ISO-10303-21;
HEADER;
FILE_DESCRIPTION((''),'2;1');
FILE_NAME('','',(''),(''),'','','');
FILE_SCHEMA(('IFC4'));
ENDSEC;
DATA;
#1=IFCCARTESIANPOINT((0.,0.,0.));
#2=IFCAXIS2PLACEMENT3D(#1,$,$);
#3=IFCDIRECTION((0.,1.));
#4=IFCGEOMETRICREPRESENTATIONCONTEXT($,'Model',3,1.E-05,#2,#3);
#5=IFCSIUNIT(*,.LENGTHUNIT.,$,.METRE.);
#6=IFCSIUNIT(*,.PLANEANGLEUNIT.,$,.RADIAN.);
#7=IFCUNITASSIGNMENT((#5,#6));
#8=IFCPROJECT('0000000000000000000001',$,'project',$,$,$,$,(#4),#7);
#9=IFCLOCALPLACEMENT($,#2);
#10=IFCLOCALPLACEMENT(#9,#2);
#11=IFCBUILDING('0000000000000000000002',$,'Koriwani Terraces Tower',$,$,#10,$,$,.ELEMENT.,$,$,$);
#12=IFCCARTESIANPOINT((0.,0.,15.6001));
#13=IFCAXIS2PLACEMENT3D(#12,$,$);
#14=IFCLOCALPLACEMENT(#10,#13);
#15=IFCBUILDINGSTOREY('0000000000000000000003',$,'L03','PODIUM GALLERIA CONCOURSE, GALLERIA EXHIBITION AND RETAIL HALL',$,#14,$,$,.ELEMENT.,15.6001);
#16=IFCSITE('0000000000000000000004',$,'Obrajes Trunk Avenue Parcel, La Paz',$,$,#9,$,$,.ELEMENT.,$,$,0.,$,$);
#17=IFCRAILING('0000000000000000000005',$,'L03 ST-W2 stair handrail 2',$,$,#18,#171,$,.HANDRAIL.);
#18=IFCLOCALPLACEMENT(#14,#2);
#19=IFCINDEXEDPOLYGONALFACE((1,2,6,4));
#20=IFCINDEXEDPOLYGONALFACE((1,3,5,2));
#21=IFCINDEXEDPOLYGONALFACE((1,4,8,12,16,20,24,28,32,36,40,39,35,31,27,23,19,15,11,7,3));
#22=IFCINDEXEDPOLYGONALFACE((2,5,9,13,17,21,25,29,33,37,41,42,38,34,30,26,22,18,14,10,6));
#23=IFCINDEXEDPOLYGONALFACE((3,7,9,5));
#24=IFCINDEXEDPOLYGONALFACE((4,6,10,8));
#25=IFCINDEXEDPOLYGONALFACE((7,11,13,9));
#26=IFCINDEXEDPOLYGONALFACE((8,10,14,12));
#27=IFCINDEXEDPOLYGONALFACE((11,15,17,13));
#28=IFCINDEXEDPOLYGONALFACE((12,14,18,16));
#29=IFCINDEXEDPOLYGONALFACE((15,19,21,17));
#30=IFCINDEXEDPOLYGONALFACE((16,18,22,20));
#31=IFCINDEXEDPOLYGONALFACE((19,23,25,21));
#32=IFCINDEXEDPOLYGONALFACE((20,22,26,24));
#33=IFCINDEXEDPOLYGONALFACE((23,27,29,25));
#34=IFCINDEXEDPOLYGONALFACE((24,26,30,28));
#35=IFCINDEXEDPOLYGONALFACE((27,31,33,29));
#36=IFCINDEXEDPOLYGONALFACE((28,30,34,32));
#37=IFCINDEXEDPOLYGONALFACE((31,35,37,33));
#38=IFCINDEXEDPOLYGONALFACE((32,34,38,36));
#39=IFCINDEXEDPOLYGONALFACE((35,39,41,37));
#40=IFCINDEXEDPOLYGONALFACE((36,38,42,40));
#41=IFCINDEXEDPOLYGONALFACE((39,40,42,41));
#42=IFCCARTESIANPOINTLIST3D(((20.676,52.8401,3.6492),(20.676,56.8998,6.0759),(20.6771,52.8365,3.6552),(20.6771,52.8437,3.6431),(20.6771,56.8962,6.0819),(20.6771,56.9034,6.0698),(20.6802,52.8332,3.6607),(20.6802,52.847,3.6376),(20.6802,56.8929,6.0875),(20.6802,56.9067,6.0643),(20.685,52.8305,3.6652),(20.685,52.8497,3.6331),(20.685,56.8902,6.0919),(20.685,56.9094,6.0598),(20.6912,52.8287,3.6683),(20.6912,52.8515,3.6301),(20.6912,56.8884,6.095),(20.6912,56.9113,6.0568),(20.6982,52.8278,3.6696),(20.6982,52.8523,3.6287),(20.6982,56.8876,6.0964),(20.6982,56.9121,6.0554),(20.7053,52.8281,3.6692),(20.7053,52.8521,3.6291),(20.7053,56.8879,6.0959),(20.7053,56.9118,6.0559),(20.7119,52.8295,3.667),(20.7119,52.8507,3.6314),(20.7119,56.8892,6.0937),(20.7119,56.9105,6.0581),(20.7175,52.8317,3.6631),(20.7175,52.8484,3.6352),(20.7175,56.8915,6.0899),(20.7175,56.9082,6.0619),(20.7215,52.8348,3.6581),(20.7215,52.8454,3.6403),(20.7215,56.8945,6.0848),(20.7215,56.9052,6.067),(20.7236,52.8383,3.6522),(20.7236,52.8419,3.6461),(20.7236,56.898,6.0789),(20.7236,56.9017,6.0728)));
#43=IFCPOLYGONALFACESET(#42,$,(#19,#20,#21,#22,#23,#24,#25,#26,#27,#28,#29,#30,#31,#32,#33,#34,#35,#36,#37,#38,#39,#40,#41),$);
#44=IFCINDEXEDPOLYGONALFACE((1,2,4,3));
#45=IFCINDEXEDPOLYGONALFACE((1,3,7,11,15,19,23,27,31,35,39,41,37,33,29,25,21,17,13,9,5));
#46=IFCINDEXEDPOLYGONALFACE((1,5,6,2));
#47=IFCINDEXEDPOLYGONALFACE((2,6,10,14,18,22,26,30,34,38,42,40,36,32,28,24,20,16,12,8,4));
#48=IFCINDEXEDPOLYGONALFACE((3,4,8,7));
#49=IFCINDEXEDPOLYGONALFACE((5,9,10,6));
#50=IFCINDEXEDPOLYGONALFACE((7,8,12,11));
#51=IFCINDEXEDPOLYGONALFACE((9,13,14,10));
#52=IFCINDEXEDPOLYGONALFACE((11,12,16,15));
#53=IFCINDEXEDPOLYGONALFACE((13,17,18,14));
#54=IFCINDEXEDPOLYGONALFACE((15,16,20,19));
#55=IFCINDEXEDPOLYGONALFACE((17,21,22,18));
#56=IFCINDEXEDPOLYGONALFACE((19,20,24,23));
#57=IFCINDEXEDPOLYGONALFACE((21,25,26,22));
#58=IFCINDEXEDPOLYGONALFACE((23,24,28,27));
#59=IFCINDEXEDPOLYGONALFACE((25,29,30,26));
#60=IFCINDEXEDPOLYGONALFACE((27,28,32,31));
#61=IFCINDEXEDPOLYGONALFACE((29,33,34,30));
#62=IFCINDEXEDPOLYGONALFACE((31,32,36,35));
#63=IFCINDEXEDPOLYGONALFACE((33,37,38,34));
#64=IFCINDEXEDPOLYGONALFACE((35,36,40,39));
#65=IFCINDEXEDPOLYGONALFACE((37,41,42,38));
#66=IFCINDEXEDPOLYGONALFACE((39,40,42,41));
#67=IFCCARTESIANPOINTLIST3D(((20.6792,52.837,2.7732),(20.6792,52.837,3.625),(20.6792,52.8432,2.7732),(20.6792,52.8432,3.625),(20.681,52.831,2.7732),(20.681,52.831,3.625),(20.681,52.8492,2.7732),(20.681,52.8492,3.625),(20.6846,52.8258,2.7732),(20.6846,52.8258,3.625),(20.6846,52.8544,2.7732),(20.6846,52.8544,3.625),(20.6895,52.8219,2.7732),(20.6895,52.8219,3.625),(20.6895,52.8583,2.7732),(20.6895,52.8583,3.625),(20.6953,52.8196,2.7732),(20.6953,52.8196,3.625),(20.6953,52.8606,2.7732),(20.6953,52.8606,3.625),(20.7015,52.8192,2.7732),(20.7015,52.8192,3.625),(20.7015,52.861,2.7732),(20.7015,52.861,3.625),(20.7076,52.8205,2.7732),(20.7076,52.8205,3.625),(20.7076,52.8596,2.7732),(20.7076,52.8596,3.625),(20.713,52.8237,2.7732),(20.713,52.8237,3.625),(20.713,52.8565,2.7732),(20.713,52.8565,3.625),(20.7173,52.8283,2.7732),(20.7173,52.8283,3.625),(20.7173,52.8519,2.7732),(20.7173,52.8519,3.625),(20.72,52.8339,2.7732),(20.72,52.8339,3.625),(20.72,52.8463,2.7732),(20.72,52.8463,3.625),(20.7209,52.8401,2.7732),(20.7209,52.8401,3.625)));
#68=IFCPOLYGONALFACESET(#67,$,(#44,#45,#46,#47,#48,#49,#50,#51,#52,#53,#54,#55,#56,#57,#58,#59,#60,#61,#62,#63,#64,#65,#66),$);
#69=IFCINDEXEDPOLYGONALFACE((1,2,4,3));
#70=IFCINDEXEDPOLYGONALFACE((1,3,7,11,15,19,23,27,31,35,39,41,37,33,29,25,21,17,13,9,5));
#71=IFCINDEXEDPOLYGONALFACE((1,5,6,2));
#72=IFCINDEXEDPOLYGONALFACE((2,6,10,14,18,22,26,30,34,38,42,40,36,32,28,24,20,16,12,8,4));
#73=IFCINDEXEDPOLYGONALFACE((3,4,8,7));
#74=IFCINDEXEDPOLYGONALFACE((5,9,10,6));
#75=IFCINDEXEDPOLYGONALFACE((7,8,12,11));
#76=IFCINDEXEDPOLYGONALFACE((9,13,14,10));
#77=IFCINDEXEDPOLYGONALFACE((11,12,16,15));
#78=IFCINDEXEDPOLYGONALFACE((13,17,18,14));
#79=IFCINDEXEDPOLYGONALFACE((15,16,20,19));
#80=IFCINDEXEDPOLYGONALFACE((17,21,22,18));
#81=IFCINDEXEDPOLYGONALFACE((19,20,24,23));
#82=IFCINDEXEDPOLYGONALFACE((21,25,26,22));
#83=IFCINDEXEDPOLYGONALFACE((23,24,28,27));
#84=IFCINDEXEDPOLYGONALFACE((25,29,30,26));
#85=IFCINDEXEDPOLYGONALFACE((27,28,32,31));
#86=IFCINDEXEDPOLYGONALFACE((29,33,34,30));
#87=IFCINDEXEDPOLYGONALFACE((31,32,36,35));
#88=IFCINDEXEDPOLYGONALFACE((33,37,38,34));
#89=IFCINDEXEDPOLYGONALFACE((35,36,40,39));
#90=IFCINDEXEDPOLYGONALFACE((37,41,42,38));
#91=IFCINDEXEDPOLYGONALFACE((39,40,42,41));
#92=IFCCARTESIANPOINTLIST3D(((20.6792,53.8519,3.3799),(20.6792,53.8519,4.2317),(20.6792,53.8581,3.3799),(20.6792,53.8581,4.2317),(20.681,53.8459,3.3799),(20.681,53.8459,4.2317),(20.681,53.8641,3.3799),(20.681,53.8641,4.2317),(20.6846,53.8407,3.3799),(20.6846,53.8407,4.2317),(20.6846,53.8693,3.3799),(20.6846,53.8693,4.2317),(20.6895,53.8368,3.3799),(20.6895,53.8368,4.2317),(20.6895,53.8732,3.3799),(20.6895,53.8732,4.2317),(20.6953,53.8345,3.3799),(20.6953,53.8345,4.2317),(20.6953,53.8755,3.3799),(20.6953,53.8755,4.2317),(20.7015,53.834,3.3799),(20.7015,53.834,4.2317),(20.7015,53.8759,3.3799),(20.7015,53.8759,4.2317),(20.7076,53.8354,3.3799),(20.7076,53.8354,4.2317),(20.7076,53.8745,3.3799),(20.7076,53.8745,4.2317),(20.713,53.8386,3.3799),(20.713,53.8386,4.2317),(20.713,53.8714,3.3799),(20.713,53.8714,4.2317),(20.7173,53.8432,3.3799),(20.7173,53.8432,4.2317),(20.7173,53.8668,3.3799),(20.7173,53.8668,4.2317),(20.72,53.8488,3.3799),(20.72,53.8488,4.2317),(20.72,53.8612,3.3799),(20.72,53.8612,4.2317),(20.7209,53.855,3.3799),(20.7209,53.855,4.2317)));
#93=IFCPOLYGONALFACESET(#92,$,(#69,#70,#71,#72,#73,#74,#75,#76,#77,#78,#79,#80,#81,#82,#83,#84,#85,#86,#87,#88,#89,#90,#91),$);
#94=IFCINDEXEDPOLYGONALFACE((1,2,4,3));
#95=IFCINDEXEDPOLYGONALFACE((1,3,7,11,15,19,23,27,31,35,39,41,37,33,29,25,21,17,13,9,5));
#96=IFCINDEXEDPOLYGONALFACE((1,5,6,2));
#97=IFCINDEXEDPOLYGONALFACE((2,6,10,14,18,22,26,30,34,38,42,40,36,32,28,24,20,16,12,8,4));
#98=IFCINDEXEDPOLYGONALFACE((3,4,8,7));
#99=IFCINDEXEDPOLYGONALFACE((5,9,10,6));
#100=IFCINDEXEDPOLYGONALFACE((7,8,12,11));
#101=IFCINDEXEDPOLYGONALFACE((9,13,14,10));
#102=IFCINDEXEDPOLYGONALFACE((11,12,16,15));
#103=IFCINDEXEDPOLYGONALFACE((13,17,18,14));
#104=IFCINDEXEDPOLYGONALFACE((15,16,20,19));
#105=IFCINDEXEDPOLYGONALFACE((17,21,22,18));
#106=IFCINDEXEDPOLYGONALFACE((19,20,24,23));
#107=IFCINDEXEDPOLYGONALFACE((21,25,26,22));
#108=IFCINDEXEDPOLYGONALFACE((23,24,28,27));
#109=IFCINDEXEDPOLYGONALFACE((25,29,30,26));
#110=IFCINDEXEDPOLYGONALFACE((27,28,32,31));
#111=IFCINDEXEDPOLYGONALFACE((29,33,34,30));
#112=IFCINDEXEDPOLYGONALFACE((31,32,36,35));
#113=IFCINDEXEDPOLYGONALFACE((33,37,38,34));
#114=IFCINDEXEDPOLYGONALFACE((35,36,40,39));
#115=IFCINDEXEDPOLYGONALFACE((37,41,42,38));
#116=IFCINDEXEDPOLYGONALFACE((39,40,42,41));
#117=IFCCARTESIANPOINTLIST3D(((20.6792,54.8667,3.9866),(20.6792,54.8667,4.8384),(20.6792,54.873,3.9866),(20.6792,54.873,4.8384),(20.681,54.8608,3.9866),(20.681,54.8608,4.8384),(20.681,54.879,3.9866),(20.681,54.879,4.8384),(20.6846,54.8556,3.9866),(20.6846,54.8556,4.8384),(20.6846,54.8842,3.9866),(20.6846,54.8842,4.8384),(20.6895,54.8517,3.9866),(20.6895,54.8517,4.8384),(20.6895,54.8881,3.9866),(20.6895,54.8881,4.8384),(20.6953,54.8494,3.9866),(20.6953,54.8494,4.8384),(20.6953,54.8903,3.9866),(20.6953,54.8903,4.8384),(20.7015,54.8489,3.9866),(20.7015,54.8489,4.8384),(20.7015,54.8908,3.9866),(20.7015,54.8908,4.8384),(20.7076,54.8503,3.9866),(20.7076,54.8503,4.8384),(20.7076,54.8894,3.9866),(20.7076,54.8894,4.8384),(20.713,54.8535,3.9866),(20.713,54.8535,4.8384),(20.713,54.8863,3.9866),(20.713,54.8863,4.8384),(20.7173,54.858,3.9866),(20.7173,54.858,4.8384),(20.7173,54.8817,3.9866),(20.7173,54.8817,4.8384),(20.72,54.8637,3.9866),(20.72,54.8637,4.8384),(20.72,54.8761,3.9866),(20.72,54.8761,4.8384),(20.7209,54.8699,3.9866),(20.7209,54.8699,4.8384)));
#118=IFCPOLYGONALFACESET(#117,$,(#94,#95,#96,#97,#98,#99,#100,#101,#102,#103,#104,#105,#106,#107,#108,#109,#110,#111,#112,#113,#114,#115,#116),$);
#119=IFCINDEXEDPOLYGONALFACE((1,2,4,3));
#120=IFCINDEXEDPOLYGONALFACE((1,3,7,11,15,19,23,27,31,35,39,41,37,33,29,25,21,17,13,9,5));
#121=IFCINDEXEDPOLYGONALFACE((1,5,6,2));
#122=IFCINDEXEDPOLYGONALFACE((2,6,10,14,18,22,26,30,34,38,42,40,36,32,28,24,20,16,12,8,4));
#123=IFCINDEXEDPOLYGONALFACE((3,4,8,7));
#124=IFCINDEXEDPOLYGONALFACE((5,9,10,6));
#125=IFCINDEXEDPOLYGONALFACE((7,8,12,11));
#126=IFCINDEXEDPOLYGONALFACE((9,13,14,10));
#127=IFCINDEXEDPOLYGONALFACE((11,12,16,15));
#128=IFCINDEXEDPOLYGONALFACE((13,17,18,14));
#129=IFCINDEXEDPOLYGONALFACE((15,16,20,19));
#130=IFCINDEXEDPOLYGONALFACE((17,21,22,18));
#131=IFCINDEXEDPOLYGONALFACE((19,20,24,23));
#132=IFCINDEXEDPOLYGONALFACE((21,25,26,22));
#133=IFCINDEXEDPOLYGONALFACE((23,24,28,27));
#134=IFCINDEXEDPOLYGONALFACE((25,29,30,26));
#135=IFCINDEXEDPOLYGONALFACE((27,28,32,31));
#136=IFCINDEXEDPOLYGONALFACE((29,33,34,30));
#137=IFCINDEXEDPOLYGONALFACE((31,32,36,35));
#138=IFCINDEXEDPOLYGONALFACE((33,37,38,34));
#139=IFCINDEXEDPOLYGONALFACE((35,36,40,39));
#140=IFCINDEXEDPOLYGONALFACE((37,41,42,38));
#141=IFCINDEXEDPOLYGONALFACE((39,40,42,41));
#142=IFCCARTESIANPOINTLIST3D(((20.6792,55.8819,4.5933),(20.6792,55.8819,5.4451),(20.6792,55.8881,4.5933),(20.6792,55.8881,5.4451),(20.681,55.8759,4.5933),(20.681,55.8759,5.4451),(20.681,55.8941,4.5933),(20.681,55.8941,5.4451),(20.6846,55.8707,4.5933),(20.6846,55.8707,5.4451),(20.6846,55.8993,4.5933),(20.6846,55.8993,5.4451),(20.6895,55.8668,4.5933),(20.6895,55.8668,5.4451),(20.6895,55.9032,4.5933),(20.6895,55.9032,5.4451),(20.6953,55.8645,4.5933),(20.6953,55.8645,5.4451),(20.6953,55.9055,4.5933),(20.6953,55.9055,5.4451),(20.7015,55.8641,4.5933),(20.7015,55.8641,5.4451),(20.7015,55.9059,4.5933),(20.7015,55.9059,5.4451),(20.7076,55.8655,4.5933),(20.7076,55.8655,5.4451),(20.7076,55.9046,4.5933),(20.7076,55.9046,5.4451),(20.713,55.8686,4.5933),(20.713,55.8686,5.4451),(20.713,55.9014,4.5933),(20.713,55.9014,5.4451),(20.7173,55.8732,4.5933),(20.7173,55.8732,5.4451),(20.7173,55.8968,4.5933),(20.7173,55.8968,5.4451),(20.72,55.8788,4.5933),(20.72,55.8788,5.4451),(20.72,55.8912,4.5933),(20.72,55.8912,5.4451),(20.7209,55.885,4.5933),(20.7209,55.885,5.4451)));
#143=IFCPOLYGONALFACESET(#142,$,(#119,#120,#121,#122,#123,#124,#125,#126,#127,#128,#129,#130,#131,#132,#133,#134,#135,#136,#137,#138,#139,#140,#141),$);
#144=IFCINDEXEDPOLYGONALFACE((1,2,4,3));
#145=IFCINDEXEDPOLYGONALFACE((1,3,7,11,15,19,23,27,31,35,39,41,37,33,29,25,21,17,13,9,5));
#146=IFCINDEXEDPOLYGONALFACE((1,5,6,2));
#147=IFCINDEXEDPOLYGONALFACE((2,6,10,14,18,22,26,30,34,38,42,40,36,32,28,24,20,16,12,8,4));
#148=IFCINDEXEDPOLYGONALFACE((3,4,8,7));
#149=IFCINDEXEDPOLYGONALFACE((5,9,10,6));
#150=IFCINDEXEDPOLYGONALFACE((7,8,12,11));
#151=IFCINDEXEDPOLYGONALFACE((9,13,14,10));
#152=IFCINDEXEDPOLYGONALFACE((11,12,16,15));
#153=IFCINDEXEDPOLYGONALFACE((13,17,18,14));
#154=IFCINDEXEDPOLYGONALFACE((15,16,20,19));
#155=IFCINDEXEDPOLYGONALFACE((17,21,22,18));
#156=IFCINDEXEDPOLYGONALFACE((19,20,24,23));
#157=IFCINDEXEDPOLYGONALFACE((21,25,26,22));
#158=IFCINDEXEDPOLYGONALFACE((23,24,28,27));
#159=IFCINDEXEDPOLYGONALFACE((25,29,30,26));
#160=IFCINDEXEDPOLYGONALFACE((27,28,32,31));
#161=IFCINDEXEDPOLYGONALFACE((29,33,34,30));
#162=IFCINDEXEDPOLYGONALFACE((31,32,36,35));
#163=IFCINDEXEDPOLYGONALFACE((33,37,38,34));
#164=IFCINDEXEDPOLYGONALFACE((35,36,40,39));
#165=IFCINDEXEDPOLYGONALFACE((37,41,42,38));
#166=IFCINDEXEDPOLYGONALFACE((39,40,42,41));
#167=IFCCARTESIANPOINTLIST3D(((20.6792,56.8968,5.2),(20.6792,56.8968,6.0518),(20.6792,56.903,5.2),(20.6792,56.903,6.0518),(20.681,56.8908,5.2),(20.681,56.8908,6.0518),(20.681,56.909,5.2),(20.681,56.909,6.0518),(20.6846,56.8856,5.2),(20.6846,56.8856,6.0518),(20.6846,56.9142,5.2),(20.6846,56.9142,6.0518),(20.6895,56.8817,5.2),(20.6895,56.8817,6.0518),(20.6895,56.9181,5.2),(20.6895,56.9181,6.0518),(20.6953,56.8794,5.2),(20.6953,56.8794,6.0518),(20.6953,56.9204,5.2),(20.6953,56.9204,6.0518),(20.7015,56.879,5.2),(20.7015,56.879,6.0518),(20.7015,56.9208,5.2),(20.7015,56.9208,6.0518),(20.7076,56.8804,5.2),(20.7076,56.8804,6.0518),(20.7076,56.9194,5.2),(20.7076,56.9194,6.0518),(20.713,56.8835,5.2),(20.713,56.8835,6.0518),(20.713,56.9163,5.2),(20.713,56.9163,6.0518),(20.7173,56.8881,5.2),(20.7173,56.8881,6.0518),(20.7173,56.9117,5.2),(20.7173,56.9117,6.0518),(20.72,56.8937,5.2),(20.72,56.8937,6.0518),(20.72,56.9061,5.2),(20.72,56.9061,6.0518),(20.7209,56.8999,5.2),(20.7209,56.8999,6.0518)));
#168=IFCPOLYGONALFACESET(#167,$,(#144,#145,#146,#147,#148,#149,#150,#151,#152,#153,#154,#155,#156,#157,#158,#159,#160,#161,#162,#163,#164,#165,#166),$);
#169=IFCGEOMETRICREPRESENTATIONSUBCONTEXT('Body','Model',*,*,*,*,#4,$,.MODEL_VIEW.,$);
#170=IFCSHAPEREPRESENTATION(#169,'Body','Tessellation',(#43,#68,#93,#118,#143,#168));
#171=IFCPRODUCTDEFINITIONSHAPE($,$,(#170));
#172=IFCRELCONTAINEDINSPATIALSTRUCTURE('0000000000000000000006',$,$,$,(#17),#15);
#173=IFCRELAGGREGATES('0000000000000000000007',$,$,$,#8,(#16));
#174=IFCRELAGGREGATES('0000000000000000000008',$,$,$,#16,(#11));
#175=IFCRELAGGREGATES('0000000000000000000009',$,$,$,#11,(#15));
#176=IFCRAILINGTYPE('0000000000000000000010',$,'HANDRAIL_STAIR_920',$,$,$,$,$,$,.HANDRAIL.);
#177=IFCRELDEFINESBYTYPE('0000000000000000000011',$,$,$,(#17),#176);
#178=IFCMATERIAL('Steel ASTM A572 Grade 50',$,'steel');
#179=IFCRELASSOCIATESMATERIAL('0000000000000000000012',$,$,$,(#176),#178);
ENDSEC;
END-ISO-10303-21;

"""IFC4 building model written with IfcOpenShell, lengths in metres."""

from ifc_helpers import new_model, si_unit, direction, frame, origin, origin_2d, place, context, subcontext, project, spatial, circle, extrude, material, type_object, element, save


model = new_model("IFC4")

# Units and contexts
model_context = context("Model", 3, precision=1e-05, world=origin(), true_north=direction((0.0, 1.0)))
body_context = subcontext(model_context, "Body", "Model", "MODEL_VIEW")
ifc_project = project(units=[si_unit("LENGTHUNIT", "METRE"), si_unit("PLANEANGLEUNIT", "RADIAN")], contexts=[model_context])

# Site, building, storey
site_placement = place(None, origin())
site = spatial("IfcSite", under=ifc_project, at=site_placement, Name="Obrajes Trunk Avenue Parcel, La Paz", CompositionType="ELEMENT", RefElevation=0.0)
building_placement = place(site_placement, origin())
building = spatial("IfcBuilding", under=site, at=building_placement, Name="Koriwani Terraces Tower", CompositionType="ELEMENT")
storey_placement = place(building_placement, frame((0.0, 0.0, 15.6001)))
storey = spatial("IfcBuildingStorey", under=building, at=storey_placement, Name="L03", Description="PODIUM GALLERIA CONCOURSE, GALLERIA EXHIBITION AND RETAIL HALL", CompositionType="ELEMENT", Elevation=15.6001)

# Shared definitions
ifc_material_1 = material(Name="Steel ASTM A572 Grade 50", Category="steel")

# Railing
railing_type_1 = type_object("IfcRailingType", Name="HANDRAIL_STAIR_920", PredefinedType="HANDRAIL", material=ifc_material_1)
railing_1_placement = place(storey_placement, frame((20.7, 52.8401, 2.7732)))
element("IfcRailing", 1, at=railing_1_placement, inside=storey, type_object=railing_type_1, Name="L03 ST-W2 stair handrail 2", PredefinedType="HANDRAIL", context=body_context, shape_type="SweptSolid", body=[
    extrude(circle(Radius=0.0239, at=origin_2d()), frame((0.0, 0.0, 0.876), z_axis=(0.0, 0.858343, 0.513076), x_axis=(-1.0, 0.0, 0.0)), (0.0, 0.0, 1.0), 4.7297),
    extrude(circle(Radius=0.021, at=origin_2d()), origin(), (0.0, 0.0, 1.0), 0.8518),
    extrude(circle(Radius=0.021, at=origin_2d()), frame((0.0, 1.0149, 0.6067)), (0.0, 0.0, 1.0), 0.8518),
    extrude(circle(Radius=0.021, at=origin_2d()), frame((0.0, 2.0298, 1.2134)), (0.0, 0.0, 1.0), 0.8518),
    extrude(circle(Radius=0.021, at=origin_2d()), frame((0.0, 3.0449, 1.8201)), (0.0, 0.0, 1.0), 0.8518),
    extrude(circle(Radius=0.021, at=origin_2d()), frame((0.0, 4.0598, 2.4268)), (0.0, 0.0, 1.0), 0.8518),
])

save(model, "model.ifc")
